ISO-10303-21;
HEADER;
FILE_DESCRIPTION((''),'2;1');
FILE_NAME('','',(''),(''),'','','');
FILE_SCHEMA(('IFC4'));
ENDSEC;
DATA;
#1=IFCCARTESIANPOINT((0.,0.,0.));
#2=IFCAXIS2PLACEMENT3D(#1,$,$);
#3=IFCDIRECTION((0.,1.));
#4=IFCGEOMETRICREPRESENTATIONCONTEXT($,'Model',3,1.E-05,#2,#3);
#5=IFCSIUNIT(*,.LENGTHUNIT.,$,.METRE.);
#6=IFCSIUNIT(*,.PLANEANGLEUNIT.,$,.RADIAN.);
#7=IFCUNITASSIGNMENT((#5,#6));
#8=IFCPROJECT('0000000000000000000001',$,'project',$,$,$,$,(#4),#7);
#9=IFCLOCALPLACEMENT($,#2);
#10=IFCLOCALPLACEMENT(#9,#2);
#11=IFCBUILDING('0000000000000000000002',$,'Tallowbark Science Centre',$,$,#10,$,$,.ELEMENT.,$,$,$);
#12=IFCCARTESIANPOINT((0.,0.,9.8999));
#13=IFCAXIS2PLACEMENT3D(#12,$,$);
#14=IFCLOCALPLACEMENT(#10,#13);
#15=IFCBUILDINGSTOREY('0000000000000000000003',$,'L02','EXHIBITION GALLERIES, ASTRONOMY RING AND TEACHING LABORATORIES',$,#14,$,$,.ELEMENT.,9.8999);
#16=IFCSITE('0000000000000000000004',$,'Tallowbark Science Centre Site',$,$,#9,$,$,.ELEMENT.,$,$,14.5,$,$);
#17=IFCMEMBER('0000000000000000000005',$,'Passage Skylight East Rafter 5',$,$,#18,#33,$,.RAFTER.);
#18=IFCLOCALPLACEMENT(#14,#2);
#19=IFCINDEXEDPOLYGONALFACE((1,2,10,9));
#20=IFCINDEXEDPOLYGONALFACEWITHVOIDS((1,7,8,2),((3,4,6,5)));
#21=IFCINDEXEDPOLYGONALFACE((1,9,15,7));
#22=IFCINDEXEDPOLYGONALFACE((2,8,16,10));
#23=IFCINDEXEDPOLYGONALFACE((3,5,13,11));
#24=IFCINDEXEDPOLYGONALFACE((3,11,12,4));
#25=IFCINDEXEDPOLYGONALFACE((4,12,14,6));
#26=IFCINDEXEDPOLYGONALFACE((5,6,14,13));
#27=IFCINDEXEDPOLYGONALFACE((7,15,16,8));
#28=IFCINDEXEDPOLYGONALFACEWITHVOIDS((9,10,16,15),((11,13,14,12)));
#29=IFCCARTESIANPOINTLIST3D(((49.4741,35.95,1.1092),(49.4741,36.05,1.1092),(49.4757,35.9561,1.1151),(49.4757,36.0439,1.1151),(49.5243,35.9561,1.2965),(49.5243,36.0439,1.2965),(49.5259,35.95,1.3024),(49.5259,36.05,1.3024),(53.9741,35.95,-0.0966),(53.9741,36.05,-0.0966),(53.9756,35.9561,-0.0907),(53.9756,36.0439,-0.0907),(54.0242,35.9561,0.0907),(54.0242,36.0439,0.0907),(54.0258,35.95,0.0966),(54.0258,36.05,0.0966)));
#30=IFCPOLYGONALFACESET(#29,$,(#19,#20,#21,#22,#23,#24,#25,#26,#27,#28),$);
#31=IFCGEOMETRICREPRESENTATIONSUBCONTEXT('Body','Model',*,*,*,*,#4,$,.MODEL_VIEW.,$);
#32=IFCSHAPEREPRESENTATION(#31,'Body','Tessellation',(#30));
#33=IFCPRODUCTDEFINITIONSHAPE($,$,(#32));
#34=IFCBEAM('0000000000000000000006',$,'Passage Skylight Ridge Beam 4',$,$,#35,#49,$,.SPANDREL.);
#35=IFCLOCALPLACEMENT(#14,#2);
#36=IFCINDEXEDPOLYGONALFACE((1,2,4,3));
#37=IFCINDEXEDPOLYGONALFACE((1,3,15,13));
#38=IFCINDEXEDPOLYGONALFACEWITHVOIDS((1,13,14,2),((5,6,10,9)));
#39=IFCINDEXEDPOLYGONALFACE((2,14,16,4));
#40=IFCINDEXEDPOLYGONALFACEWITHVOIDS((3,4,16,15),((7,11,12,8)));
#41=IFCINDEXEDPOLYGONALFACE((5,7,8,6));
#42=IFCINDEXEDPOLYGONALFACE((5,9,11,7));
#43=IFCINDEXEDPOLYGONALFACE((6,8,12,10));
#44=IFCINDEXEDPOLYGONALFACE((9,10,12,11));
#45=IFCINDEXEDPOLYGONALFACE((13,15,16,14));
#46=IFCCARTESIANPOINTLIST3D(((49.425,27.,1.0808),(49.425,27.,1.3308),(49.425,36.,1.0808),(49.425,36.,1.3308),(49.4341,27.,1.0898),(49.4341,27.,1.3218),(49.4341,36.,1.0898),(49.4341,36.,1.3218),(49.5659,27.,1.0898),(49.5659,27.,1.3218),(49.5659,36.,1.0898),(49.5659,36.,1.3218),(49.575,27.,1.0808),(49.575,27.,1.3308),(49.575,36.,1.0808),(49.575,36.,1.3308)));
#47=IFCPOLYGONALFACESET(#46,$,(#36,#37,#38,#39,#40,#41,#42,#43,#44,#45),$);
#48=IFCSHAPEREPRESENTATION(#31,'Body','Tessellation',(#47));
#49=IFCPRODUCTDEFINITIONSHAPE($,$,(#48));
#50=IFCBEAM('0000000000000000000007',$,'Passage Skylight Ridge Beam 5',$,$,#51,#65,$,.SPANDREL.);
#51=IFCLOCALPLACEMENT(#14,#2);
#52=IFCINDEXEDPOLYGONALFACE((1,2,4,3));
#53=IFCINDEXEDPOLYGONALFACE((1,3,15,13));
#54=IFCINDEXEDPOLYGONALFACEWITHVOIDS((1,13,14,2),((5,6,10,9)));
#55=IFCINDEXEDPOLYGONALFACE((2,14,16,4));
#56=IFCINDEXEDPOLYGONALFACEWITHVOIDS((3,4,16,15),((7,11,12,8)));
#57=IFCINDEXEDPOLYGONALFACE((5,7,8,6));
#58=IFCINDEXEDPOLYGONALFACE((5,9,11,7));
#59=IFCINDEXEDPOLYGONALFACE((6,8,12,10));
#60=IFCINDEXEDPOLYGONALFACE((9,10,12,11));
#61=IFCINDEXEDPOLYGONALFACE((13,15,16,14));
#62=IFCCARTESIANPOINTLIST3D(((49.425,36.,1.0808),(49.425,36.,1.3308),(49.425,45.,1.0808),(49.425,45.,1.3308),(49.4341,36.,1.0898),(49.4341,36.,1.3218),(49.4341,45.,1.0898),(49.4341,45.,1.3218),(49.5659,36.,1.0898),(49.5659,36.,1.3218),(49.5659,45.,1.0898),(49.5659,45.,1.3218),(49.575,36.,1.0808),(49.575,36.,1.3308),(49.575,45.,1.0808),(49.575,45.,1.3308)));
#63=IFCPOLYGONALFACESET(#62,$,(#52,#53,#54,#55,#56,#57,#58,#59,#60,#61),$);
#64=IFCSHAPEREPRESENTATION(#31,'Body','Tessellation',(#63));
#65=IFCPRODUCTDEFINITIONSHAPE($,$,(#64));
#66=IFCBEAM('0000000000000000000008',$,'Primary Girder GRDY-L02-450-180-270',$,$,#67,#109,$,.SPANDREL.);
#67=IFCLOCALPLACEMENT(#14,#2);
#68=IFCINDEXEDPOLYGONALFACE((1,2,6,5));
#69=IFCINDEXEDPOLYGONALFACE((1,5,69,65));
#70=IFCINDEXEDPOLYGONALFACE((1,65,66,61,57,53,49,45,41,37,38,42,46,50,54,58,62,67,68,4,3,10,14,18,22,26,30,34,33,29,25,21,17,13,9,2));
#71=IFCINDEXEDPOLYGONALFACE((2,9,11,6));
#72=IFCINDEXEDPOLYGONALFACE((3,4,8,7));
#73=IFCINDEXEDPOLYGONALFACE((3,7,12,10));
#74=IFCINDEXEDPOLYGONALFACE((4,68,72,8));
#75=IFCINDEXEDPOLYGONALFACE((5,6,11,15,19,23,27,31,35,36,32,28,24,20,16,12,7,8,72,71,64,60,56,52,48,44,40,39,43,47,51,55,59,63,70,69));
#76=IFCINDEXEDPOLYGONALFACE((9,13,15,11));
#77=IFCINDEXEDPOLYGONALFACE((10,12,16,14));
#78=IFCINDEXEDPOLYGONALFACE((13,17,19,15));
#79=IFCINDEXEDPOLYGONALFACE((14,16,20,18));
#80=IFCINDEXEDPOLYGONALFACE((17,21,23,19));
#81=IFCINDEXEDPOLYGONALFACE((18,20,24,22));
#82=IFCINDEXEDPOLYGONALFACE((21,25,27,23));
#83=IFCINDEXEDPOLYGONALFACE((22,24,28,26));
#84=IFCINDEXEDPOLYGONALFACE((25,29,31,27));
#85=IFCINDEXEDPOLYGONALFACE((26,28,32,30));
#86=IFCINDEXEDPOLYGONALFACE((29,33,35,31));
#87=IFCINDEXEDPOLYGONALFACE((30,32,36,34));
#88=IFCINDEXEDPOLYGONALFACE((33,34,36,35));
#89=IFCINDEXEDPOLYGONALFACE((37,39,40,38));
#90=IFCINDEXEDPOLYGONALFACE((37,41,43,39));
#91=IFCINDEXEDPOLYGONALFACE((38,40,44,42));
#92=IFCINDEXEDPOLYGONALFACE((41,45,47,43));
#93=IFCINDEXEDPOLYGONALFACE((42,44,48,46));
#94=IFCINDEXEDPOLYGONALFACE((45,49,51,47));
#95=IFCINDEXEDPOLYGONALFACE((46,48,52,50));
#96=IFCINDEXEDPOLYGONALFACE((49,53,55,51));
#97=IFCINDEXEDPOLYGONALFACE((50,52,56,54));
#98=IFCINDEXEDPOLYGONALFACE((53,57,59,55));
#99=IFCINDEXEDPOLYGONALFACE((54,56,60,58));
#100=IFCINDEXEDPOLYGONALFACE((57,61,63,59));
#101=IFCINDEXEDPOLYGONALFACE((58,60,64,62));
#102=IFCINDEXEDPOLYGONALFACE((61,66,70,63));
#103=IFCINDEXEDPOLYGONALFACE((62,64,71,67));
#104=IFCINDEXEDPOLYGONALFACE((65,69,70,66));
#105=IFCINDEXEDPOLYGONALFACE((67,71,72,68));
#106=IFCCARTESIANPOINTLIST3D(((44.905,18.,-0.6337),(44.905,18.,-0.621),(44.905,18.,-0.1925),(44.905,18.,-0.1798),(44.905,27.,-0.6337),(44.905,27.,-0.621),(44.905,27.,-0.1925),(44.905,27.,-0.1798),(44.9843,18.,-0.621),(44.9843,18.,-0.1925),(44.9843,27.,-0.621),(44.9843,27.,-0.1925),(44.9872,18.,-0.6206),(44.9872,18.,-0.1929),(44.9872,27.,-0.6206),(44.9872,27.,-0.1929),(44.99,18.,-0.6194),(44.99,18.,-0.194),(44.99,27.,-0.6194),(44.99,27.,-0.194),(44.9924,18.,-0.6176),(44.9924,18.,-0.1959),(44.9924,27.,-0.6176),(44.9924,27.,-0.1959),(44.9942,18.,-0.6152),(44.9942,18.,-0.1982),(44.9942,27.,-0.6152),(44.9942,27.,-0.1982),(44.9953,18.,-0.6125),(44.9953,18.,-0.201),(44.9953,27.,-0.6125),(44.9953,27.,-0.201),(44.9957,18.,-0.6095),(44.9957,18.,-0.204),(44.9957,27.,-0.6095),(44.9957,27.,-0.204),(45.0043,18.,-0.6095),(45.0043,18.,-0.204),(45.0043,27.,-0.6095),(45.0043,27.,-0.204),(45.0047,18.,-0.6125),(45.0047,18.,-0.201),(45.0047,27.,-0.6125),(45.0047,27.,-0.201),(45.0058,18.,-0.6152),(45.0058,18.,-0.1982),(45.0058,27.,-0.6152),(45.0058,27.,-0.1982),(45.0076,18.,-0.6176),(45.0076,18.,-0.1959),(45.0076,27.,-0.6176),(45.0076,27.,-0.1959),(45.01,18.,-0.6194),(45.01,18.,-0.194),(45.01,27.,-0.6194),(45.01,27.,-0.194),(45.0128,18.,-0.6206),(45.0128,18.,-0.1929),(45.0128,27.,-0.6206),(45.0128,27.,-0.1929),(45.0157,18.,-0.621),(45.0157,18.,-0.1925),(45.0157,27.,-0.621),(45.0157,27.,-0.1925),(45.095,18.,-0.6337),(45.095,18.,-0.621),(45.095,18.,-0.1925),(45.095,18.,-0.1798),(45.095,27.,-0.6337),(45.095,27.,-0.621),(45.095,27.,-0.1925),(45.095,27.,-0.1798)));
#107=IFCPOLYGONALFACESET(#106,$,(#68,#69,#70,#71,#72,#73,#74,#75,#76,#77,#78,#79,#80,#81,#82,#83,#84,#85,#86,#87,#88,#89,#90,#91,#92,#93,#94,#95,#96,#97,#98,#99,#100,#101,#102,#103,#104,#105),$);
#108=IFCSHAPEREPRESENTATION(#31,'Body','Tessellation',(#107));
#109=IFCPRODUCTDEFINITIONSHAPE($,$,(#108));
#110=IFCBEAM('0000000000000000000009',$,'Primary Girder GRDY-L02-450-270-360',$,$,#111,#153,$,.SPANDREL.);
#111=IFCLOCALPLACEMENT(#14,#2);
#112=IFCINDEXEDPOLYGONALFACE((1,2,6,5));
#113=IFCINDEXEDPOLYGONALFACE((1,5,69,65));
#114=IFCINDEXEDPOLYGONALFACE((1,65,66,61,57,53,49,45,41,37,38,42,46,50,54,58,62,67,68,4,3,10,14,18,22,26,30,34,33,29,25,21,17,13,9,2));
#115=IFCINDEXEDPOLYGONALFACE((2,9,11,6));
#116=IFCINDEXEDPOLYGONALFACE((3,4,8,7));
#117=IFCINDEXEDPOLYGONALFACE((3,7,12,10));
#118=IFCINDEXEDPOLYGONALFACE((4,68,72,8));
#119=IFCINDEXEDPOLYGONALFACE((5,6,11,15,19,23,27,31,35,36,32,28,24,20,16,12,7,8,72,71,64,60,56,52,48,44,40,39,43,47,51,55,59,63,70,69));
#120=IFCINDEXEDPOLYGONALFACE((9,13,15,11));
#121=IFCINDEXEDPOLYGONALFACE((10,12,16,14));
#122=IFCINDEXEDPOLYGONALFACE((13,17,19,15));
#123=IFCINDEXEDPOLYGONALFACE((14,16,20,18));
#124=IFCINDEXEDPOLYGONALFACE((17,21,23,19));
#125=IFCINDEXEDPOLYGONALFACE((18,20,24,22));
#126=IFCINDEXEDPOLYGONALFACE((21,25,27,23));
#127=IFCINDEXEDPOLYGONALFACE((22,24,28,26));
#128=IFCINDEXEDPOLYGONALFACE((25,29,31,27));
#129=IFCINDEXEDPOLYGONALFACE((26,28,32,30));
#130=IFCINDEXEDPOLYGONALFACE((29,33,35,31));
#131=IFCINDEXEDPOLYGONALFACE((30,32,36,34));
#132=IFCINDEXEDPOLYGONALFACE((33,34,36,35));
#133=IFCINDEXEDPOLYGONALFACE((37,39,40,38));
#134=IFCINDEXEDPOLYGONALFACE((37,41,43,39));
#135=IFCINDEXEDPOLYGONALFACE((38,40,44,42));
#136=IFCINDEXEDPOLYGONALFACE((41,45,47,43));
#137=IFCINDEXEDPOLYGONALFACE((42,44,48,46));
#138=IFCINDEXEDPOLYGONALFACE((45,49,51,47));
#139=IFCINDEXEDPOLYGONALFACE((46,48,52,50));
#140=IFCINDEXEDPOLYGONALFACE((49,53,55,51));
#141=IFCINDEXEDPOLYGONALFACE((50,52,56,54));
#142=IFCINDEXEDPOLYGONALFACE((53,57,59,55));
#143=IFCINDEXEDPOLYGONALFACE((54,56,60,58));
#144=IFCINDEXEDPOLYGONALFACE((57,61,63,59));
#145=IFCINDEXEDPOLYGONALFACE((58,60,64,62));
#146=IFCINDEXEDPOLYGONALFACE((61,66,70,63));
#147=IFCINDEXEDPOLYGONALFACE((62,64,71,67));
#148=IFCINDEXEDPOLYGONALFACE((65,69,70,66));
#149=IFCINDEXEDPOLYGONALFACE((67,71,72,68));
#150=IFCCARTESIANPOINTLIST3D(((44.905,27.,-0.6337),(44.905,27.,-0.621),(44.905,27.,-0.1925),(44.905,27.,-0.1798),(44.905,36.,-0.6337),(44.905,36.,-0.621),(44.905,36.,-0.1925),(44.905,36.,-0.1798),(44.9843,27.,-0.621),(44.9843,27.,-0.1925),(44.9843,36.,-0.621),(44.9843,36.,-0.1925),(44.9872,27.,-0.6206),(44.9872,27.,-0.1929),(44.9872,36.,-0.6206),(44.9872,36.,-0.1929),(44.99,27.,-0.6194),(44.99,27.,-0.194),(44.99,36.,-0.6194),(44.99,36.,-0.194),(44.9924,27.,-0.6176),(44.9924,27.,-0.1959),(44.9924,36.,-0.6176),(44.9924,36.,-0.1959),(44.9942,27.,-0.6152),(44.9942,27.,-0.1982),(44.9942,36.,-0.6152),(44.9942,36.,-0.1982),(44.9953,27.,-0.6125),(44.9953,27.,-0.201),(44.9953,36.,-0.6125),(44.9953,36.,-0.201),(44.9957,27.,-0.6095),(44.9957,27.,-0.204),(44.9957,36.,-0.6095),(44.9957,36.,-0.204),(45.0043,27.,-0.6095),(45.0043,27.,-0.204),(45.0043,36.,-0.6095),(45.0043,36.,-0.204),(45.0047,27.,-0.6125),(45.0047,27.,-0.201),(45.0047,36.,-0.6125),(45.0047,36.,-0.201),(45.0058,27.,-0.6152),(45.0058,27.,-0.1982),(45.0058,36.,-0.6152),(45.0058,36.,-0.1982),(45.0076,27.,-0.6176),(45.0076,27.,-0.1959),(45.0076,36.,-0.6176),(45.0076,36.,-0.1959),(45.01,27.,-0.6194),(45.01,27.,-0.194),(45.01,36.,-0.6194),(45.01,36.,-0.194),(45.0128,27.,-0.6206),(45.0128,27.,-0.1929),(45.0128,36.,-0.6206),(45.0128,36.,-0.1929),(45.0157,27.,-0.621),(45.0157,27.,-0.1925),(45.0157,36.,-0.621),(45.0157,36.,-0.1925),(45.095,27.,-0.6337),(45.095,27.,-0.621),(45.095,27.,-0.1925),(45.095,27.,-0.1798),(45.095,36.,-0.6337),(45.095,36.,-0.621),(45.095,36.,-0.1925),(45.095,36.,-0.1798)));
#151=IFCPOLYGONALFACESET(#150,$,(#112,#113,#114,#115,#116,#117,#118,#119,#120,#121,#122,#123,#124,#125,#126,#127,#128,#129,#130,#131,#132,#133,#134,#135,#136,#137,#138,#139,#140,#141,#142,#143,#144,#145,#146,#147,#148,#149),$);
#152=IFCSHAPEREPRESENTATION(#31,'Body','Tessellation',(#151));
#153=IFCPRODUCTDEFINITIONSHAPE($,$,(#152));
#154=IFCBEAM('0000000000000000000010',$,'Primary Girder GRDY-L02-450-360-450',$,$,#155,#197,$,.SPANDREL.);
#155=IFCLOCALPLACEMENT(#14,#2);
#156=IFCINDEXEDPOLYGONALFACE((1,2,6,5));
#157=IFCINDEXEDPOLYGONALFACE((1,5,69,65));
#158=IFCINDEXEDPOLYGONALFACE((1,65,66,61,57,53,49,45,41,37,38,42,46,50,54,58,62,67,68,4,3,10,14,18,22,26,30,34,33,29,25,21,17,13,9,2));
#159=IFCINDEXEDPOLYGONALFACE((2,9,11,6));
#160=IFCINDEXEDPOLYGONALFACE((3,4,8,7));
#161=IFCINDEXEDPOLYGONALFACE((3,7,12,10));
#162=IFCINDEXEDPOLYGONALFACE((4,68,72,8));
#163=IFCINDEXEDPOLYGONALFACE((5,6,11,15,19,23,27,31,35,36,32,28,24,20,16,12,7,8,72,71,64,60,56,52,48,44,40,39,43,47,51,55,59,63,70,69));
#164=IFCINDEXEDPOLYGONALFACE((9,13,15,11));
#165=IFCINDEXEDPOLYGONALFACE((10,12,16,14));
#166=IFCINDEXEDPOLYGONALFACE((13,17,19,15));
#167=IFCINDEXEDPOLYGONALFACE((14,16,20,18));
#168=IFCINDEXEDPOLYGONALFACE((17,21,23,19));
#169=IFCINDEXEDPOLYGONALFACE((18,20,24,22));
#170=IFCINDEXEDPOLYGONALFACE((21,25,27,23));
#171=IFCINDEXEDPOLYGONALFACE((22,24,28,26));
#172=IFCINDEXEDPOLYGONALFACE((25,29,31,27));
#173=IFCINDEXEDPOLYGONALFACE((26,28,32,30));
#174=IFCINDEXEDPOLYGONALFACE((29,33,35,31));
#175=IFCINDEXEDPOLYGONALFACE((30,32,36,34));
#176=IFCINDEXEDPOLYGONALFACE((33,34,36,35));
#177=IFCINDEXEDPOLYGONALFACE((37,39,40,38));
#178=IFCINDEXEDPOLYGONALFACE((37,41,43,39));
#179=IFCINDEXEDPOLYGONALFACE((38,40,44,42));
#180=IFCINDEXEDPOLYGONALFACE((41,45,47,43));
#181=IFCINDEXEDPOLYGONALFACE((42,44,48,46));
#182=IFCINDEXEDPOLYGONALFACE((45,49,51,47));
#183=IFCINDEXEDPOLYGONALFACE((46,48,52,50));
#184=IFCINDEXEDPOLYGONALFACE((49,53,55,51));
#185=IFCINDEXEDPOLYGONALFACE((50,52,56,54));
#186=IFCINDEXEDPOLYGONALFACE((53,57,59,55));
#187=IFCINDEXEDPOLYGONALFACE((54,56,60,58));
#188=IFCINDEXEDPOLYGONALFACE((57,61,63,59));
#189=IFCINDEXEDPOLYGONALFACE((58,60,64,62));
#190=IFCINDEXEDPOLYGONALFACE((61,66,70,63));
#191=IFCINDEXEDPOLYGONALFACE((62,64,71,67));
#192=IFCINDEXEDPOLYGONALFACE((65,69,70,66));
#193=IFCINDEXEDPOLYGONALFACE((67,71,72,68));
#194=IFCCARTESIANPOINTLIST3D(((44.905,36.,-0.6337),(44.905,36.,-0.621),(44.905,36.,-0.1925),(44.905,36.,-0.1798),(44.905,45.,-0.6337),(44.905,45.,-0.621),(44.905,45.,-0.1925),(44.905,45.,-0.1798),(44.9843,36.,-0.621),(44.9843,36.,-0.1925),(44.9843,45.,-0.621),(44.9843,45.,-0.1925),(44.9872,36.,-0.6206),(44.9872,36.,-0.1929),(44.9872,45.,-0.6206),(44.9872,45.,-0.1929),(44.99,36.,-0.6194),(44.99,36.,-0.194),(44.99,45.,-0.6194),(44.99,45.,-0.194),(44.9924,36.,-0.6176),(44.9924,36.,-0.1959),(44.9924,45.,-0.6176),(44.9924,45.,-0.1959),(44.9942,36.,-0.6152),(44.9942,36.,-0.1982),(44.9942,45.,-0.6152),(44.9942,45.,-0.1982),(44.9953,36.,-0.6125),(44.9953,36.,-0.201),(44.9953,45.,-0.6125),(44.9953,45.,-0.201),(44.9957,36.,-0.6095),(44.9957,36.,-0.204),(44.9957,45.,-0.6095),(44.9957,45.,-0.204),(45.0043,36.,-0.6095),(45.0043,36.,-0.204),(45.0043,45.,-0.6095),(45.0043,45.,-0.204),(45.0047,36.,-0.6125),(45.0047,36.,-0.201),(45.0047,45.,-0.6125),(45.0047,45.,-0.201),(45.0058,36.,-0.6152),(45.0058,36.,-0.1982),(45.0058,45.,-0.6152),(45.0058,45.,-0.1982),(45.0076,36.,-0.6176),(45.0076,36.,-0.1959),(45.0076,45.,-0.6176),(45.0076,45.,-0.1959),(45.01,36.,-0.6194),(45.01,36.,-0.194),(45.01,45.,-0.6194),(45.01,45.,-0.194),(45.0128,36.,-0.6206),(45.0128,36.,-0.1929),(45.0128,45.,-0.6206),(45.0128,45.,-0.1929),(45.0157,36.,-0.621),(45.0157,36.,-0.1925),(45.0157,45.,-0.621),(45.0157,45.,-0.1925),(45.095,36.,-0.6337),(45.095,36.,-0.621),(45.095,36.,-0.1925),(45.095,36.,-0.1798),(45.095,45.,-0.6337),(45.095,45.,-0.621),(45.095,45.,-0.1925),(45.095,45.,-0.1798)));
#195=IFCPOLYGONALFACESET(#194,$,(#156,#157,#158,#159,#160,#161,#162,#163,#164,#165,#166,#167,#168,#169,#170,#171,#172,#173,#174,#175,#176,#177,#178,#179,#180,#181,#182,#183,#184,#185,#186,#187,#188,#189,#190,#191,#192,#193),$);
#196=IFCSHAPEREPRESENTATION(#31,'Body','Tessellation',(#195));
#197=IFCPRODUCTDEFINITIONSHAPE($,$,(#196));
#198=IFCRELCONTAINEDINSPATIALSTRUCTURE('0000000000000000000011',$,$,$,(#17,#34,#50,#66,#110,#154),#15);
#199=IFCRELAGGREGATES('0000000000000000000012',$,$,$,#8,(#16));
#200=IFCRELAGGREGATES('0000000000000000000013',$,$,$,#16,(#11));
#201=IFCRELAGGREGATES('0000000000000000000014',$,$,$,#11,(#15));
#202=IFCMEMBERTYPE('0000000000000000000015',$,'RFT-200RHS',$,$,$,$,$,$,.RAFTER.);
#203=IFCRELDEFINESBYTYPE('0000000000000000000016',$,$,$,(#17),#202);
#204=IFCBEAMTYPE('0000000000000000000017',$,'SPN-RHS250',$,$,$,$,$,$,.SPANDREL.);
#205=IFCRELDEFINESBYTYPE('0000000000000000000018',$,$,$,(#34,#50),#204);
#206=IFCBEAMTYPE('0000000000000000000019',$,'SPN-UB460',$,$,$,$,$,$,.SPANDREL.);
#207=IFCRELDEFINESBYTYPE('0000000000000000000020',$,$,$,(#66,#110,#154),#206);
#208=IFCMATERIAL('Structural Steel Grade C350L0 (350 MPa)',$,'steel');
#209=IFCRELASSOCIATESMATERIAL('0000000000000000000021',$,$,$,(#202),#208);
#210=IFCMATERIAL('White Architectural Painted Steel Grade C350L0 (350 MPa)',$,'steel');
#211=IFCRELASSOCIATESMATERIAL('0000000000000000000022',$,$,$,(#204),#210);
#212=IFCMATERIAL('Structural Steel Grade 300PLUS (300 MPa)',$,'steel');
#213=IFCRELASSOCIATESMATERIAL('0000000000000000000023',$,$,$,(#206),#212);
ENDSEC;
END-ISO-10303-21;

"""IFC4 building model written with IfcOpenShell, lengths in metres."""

from ifc_helpers import new_model, si_unit, direction, frame, origin, origin_2d, place, context, subcontext, project, spatial, hollow_rectangle, i_section, extrude, material, material_profile, profile_set, type_object, element, save


model = new_model("IFC4")

# Units and contexts
model_context = context("Model", 3, precision=1e-05, world=origin(), true_north=direction((0.0, 1.0)))
body_context = subcontext(model_context, "Body", "Model", "MODEL_VIEW")
ifc_project = project(units=[si_unit("LENGTHUNIT", "METRE"), si_unit("PLANEANGLEUNIT", "RADIAN")], contexts=[model_context])

# Site, building, storey
site_placement = place(None, origin())
site = spatial("IfcSite", under=ifc_project, at=site_placement, Name="Tallowbark Science Centre Site", CompositionType="ELEMENT", RefElevation=14.5)
building_placement = place(site_placement, origin())
building = spatial("IfcBuilding", under=site, at=building_placement, Name="Tallowbark Science Centre", CompositionType="ELEMENT")
storey_placement = place(building_placement, frame((0.0, 0.0, 9.8999)))
storey = spatial("IfcBuildingStorey", under=building, at=storey_placement, Name="L02", Description="EXHIBITION GALLERIES, ASTRONOMY RING AND TEACHING LABORATORIES", CompositionType="ELEMENT", Elevation=9.8999)

# Shared definitions
ifc_material_1 = material(Name="Structural Steel Grade 300PLUS (300 MPa)", Category="steel")

# Member
ifc_material_2 = material(Name="Structural Steel Grade C350L0 (350 MPa)", Category="steel")
ifc_material_profile_1 = material_profile(ifc_material_2, hollow_rectangle(XDim=0.1001, YDim=0.2, WallThickness=0.0061, at=origin_2d()), Name="200x100x6.0RHS")
ifc_profile_set_1 = profile_set([ifc_material_profile_1], Name="Structural Steel Grade C350L0 (350 MPa)")
member_type_1 = type_object("IfcMemberType", Name="RFT-200RHS", PredefinedType="RAFTER", material=ifc_profile_set_1)
for number, where, z_axis, x_axis, name in (
    (1, (49.5, 36.0, 1.2058), (0.965924, 0.0, -0.258827), (0.0, 1.0, 0.0), "Passage Skylight East Rafter 5"),
):
    element("IfcMember", number, at=place(storey_placement, frame(where, z_axis=z_axis, x_axis=x_axis)), inside=storey, type_object=member_type_1, Name=name, PredefinedType="RAFTER", context=body_context, shape_type="SweptSolid", body=[
        extrude(hollow_rectangle(XDim=0.1001, YDim=0.2, WallThickness=0.0061, at=origin_2d()), origin(), (0.0, 0.0, 1.0), 4.6587),
    ])

# Beams
ifc_material_3 = material(Name="White Architectural Painted Steel Grade C350L0 (350 MPa)", Category="steel")
ifc_material_profile_2 = material_profile(ifc_material_3, hollow_rectangle(XDim=0.1499, YDim=0.25, WallThickness=0.009, at=origin_2d()), Name="250x150x9.0RHS")
ifc_profile_set_2 = profile_set([ifc_material_profile_2], Name="White Architectural Painted Steel Grade C350L0 (350 MPa)")
beam_type_1 = type_object("IfcBeamType", Name="SPN-RHS250", PredefinedType="SPANDREL", material=ifc_profile_set_2)
for number, where, z_axis, x_axis, name in (
    (2, (49.5, 27.0, 1.2058), (0.0, 1.0, 0.0), (-1.0, 0.0, 0.0), "Passage Skylight Ridge Beam 4"),
    (3, (49.5, 36.0, 1.2058), (0.0, 1.0, 0.0), (-1.0, 0.0, 0.0), "Passage Skylight Ridge Beam 5"),
):
    element("IfcBeam", number, at=place(storey_placement, frame(where, z_axis=z_axis, x_axis=x_axis)), inside=storey, type_object=beam_type_1, Name=name, PredefinedType="SPANDREL", context=body_context, shape_type="SweptSolid", body=[
        extrude(hollow_rectangle(XDim=0.1499, YDim=0.25, WallThickness=0.009, at=origin_2d()), origin(), (0.0, 0.0, 1.0), 9.0),
    ])
ifc_material_profile_3 = material_profile(ifc_material_1, i_section(OverallWidth=0.1899, OverallDepth=0.4539, WebThickness=0.0085, FlangeThickness=0.0127, FilletRadius=0.0115, at=origin_2d()), Name="460UB67.1")
ifc_profile_set_3 = profile_set([ifc_material_profile_3], Name="Structural Steel Grade 300PLUS (300 MPa)")
beam_type_2 = type_object("IfcBeamType", Name="SPN-UB460", PredefinedType="SPANDREL", material=ifc_profile_set_3)
for number, where, z_axis, x_axis, name in (
    (4, (45.0, 18.0, -0.4067), (0.0, 1.0, 0.0), (-1.0, 0.0, 0.0), "Primary Girder GRDY-L02-450-180-270"),
    (5, (45.0, 27.0, -0.4067), (0.0, 1.0, 0.0), (-1.0, 0.0, 0.0), "Primary Girder GRDY-L02-450-270-360"),
    (6, (45.0, 36.0, -0.4067), (0.0, 1.0, 0.0), (-1.0, 0.0, 0.0), "Primary Girder GRDY-L02-450-360-450"),
):
    element("IfcBeam", number, at=place(storey_placement, frame(where, z_axis=z_axis, x_axis=x_axis)), inside=storey, type_object=beam_type_2, Name=name, PredefinedType="SPANDREL", context=body_context, shape_type="SweptSolid", body=[
        extrude(i_section(OverallWidth=0.1899, OverallDepth=0.4539, WebThickness=0.0085, FlangeThickness=0.0127, FilletRadius=0.0115, at=origin_2d()), origin(), (0.0, 0.0, 1.0), 9.0),
    ])

save(model, "model.ifc")
